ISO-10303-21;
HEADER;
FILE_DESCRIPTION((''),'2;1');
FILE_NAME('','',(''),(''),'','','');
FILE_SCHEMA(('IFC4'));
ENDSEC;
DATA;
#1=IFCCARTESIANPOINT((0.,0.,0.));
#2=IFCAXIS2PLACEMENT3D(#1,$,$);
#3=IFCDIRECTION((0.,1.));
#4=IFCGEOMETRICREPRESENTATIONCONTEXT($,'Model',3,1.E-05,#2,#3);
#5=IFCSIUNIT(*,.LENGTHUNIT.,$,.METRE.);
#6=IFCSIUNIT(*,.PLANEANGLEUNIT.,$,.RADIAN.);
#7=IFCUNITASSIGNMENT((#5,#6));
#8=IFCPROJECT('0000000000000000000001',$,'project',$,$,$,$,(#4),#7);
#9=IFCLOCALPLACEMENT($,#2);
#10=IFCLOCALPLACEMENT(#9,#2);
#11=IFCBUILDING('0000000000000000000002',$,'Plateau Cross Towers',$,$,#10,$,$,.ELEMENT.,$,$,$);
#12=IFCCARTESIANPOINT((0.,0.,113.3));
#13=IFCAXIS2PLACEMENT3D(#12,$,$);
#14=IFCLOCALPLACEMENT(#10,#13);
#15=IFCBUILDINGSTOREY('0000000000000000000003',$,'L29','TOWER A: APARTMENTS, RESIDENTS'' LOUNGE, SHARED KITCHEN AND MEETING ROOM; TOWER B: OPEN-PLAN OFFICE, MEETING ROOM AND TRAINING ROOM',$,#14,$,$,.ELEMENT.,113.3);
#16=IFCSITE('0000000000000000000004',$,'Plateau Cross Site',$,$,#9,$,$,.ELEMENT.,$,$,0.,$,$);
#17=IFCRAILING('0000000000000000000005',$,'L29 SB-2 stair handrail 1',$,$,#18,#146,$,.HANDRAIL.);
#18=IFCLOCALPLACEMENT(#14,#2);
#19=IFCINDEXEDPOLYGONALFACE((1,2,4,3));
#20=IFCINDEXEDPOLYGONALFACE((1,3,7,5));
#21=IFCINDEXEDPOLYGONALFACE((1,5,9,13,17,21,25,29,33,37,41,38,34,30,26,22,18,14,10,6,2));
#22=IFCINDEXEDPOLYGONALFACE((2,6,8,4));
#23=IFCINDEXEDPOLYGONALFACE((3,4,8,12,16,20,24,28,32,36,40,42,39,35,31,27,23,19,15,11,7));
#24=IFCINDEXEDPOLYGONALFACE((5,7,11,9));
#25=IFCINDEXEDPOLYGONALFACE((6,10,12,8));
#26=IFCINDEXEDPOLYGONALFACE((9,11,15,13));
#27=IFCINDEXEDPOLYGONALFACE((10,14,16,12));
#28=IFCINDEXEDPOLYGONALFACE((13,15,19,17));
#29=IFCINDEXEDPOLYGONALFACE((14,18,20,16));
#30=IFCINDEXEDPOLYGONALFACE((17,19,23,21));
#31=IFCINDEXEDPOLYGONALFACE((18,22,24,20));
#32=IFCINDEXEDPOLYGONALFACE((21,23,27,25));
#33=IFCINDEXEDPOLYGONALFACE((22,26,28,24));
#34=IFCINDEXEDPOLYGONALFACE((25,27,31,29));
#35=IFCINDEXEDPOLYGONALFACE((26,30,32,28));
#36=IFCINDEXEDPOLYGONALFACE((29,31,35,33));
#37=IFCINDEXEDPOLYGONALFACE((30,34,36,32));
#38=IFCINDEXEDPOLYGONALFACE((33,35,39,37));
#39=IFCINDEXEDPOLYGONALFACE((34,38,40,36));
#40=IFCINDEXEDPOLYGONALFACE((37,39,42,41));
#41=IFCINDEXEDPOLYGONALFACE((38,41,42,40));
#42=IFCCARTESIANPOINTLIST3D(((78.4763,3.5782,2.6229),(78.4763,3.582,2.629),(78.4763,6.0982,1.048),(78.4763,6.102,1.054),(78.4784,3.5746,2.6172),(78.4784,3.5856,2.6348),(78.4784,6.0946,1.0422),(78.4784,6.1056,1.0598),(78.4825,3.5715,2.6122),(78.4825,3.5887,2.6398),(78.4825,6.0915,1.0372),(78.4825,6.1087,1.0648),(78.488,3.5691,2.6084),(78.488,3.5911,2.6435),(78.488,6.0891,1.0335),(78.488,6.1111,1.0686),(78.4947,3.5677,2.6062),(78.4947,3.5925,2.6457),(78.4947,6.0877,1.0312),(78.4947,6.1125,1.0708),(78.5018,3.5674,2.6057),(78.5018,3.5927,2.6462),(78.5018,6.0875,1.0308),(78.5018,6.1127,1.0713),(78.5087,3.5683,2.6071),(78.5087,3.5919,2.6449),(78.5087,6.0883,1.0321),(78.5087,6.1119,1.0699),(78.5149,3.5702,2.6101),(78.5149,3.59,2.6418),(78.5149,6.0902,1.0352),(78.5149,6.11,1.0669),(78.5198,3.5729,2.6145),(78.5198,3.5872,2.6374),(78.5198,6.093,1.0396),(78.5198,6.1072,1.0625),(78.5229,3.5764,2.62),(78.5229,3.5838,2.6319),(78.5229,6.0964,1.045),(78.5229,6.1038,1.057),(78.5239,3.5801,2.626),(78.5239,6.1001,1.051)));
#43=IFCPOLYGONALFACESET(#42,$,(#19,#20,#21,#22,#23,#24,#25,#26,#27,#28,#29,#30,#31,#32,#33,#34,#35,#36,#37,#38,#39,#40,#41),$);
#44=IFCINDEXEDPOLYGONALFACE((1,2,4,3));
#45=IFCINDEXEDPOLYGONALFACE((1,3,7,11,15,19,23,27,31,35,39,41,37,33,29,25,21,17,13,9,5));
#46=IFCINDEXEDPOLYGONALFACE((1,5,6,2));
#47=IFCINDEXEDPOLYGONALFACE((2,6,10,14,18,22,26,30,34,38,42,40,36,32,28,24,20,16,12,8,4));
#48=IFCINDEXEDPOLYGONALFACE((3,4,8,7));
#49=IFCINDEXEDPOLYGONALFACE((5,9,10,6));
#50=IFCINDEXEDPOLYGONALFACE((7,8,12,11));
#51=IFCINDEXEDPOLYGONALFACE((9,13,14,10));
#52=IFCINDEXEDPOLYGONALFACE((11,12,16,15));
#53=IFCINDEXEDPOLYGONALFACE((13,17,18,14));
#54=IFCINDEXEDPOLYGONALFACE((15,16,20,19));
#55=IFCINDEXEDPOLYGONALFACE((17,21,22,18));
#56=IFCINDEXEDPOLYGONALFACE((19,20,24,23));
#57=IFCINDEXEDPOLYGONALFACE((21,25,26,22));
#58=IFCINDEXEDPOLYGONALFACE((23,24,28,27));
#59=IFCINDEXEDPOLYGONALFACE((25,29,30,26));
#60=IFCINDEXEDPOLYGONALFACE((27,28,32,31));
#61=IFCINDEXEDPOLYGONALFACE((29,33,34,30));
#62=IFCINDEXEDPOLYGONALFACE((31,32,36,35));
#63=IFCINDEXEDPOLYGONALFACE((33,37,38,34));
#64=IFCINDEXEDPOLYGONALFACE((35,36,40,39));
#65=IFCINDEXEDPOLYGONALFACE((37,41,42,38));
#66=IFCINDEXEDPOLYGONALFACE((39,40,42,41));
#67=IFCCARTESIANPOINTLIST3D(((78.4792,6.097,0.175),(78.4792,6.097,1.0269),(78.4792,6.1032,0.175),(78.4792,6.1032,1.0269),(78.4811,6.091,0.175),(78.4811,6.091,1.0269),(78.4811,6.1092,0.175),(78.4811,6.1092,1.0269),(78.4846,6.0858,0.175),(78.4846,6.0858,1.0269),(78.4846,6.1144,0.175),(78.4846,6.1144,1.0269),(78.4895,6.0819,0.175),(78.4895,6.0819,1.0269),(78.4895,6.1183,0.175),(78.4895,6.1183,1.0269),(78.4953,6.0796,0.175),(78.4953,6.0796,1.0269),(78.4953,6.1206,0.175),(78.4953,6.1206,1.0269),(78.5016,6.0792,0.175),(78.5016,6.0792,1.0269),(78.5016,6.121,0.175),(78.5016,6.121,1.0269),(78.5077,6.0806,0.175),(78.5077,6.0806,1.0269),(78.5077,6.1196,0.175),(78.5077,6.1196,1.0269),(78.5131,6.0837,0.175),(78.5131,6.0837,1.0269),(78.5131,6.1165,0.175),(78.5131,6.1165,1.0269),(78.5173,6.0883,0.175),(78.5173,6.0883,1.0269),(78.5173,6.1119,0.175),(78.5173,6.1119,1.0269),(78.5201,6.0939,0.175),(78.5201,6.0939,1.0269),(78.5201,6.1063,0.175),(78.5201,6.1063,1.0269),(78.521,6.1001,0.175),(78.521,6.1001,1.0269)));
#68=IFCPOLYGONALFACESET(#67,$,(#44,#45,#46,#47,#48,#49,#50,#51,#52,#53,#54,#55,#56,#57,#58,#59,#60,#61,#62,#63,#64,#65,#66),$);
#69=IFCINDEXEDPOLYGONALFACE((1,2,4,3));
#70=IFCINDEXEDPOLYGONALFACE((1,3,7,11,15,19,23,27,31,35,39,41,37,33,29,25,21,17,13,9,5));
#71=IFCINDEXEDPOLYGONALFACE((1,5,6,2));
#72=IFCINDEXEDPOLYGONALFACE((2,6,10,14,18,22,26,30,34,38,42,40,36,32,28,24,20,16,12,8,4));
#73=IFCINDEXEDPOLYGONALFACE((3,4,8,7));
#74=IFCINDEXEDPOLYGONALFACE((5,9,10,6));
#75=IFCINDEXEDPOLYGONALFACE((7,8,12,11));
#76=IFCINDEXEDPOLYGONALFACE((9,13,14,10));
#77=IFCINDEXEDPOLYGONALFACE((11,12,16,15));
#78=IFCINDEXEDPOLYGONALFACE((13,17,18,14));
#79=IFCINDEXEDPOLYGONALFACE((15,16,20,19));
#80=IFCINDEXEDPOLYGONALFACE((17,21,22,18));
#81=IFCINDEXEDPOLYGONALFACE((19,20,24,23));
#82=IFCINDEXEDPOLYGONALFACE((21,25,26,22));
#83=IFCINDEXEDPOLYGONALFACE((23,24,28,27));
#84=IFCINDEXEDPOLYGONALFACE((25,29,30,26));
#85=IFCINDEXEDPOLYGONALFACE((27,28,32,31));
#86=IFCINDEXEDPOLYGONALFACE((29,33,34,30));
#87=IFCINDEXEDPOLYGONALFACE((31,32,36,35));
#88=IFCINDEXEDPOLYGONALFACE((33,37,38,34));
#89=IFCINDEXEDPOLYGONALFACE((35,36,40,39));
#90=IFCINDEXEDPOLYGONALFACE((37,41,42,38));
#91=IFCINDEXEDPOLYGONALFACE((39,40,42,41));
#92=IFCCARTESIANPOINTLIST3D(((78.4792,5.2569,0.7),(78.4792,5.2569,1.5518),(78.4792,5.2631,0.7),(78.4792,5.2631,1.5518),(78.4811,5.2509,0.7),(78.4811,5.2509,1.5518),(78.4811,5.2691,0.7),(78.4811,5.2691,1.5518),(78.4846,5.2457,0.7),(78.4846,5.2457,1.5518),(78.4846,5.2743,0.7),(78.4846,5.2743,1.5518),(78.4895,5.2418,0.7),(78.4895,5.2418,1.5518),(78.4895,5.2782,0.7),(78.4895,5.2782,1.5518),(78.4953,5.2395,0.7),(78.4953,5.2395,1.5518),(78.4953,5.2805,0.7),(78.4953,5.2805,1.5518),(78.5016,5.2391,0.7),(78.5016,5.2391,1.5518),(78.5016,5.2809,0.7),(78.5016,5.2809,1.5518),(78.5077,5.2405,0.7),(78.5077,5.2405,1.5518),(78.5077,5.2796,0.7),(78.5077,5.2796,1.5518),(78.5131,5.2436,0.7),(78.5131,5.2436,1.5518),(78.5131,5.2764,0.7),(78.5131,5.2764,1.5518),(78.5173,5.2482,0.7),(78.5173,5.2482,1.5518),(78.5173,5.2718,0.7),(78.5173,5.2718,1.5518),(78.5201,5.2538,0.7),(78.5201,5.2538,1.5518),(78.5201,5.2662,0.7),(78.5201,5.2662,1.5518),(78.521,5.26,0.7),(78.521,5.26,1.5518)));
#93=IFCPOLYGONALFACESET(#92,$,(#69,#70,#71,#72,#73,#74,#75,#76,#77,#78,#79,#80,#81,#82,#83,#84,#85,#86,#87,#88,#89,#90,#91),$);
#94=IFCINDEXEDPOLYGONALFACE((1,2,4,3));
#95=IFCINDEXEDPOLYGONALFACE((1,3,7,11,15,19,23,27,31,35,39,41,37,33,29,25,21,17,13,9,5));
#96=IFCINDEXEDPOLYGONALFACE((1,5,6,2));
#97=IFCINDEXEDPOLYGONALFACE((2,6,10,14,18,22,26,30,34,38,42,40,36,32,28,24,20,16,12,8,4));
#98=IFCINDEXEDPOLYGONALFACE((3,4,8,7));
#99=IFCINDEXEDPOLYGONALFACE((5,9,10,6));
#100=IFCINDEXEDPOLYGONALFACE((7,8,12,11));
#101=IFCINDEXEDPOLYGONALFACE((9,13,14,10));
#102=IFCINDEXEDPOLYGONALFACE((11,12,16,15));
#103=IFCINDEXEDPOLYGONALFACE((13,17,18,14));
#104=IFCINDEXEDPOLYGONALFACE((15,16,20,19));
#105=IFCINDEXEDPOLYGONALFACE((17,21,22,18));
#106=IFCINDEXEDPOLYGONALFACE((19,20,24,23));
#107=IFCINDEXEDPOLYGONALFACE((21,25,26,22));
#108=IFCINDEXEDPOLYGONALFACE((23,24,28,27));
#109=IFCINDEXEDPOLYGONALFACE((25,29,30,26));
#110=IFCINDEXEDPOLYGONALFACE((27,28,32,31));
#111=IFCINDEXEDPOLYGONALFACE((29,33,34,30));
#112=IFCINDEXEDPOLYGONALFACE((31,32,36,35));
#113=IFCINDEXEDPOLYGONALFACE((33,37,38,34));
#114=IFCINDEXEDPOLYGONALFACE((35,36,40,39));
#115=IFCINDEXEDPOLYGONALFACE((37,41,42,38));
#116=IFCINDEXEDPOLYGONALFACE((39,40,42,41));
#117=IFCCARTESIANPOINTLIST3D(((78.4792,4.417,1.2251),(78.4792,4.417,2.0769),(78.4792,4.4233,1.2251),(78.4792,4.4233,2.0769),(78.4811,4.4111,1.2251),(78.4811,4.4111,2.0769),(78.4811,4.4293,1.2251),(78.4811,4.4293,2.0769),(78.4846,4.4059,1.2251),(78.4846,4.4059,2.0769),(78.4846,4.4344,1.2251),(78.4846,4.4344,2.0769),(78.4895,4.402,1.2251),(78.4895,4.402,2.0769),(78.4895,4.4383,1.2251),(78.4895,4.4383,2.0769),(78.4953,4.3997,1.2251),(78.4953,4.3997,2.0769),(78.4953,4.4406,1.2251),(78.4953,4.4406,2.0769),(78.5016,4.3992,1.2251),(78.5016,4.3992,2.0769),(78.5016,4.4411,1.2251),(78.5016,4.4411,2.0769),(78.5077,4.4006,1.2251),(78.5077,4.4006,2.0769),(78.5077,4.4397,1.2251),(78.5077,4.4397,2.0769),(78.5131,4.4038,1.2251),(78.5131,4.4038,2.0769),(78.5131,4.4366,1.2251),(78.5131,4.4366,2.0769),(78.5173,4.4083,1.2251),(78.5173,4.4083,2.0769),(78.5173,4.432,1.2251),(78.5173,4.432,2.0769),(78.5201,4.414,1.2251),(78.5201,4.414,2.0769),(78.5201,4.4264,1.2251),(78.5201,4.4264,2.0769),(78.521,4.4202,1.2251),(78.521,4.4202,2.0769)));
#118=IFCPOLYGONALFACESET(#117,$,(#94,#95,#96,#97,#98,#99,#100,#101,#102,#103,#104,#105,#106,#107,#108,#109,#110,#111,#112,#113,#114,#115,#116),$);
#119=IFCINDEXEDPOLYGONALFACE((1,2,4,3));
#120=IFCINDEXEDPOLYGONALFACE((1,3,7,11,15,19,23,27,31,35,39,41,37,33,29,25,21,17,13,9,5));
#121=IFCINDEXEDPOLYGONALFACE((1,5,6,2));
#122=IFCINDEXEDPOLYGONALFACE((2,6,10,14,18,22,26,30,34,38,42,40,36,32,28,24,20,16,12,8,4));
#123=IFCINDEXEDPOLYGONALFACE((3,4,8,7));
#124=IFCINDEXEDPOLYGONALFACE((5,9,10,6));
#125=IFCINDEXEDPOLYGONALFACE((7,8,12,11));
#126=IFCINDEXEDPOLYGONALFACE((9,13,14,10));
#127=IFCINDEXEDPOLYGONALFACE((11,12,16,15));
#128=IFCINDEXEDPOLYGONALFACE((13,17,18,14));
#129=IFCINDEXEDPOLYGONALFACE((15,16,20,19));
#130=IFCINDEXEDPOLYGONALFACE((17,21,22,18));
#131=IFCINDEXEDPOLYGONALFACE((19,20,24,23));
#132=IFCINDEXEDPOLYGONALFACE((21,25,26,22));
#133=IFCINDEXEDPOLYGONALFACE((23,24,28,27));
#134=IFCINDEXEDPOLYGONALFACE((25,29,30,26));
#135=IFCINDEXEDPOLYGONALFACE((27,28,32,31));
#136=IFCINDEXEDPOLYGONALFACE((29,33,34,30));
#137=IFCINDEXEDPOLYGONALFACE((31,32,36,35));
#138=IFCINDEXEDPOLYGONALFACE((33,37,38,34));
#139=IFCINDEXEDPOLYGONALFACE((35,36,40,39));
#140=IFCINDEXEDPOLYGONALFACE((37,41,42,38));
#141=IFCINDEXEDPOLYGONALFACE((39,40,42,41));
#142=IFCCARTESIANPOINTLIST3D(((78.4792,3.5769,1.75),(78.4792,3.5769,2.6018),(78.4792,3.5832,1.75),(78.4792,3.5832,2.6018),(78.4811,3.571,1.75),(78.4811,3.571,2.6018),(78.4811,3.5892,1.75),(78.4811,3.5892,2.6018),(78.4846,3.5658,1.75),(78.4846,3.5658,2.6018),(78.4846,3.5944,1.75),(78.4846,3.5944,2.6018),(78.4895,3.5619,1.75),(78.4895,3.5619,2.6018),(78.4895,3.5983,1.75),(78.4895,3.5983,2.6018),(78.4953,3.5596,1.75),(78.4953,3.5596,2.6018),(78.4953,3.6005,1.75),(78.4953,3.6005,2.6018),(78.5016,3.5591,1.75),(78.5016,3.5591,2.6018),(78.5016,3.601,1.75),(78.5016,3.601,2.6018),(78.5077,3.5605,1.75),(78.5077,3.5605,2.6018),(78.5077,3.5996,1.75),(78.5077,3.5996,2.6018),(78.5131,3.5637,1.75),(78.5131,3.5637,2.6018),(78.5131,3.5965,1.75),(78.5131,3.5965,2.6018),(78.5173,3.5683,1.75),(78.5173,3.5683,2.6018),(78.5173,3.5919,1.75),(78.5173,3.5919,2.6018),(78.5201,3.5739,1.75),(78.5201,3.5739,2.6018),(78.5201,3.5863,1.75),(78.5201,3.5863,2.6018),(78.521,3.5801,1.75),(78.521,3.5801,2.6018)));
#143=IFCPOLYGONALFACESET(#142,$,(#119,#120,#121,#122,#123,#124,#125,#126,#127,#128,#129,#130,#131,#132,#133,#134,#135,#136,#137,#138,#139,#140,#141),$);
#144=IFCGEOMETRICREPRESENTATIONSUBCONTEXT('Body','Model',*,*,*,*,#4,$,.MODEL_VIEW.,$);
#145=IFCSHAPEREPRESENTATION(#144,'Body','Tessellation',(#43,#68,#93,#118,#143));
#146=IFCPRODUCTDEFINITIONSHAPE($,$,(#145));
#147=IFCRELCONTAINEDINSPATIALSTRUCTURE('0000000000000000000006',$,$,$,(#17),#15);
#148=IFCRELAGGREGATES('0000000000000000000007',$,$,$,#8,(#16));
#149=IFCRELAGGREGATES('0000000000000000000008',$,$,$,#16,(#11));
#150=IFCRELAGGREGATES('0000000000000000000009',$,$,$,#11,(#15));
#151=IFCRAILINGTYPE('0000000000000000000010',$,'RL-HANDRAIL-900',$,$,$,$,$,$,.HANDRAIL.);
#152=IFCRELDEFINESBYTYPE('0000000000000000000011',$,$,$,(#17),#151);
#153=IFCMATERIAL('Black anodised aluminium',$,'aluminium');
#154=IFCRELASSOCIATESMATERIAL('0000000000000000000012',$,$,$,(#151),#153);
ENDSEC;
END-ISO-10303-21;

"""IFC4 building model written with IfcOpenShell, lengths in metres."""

from ifc_helpers import new_model, si_unit, direction, frame, origin, origin_2d, place, context, subcontext, project, spatial, circle, extrude, material, type_object, element, save


model = new_model("IFC4")

# Units and contexts
model_context = context("Model", 3, precision=1e-05, world=origin(), true_north=direction((0.0, 1.0)))
body_context = subcontext(model_context, "Body", "Model", "MODEL_VIEW")
ifc_project = project(units=[si_unit("LENGTHUNIT", "METRE"), si_unit("PLANEANGLEUNIT", "RADIAN")], contexts=[model_context])

# Site, building, storey
site_placement = place(None, origin())
site = spatial("IfcSite", under=ifc_project, at=site_placement, Name="Plateau Cross Site", CompositionType="ELEMENT", RefElevation=0.0)
building_placement = place(site_placement, origin())
building = spatial("IfcBuilding", under=site, at=building_placement, Name="Plateau Cross Towers", CompositionType="ELEMENT")
storey_placement = place(building_placement, frame((0.0, 0.0, 113.3)))
storey = spatial("IfcBuildingStorey", under=building, at=storey_placement, Name="L29", Description="TOWER A: APARTMENTS, RESIDENTS' LOUNGE, SHARED KITCHEN AND MEETING ROOM; TOWER B: OPEN-PLAN OFFICE, MEETING ROOM AND TRAINING ROOM", CompositionType="ELEMENT", Elevation=113.3)

# Railing
ifc_material_1 = material(Name="Black anodised aluminium", Category="aluminium")
railing_type_1 = type_object("IfcRailingType", Name="RL-HANDRAIL-900", PredefinedType="HANDRAIL", material=ifc_material_1)
railing_1_placement = place(storey_placement, frame((78.5, 6.1001, 0.175)))
element("IfcRailing", 1, at=railing_1_placement, inside=storey, type_object=railing_type_1, Name="L29 SB-2 stair handrail 1", PredefinedType="HANDRAIL", context=body_context, shape_type="SweptSolid", body=[
    extrude(circle(Radius=0.0239, at=origin_2d()), frame((0.0, 0.0, 0.876), z_axis=(0.0, -0.848008, 0.529984), x_axis=(1.0, 0.0, 0.0)), (0.0, 0.0, 1.0), 2.9717),
    extrude(circle(Radius=0.021, at=origin_2d()), origin(), (0.0, 0.0, 1.0), 0.8518),
    extrude(circle(Radius=0.021, at=origin_2d()), frame((0.0, -0.8401, 0.5249)), (0.0, 0.0, 1.0), 0.8518),
    extrude(circle(Radius=0.021, at=origin_2d()), frame((0.0, -1.6799, 1.05)), (0.0, 0.0, 1.0), 0.8518),
    extrude(circle(Radius=0.021, at=origin_2d()), frame((0.0, -2.52, 1.575)), (0.0, 0.0, 1.0), 0.8518),
])

save(model, "model.ifc")
